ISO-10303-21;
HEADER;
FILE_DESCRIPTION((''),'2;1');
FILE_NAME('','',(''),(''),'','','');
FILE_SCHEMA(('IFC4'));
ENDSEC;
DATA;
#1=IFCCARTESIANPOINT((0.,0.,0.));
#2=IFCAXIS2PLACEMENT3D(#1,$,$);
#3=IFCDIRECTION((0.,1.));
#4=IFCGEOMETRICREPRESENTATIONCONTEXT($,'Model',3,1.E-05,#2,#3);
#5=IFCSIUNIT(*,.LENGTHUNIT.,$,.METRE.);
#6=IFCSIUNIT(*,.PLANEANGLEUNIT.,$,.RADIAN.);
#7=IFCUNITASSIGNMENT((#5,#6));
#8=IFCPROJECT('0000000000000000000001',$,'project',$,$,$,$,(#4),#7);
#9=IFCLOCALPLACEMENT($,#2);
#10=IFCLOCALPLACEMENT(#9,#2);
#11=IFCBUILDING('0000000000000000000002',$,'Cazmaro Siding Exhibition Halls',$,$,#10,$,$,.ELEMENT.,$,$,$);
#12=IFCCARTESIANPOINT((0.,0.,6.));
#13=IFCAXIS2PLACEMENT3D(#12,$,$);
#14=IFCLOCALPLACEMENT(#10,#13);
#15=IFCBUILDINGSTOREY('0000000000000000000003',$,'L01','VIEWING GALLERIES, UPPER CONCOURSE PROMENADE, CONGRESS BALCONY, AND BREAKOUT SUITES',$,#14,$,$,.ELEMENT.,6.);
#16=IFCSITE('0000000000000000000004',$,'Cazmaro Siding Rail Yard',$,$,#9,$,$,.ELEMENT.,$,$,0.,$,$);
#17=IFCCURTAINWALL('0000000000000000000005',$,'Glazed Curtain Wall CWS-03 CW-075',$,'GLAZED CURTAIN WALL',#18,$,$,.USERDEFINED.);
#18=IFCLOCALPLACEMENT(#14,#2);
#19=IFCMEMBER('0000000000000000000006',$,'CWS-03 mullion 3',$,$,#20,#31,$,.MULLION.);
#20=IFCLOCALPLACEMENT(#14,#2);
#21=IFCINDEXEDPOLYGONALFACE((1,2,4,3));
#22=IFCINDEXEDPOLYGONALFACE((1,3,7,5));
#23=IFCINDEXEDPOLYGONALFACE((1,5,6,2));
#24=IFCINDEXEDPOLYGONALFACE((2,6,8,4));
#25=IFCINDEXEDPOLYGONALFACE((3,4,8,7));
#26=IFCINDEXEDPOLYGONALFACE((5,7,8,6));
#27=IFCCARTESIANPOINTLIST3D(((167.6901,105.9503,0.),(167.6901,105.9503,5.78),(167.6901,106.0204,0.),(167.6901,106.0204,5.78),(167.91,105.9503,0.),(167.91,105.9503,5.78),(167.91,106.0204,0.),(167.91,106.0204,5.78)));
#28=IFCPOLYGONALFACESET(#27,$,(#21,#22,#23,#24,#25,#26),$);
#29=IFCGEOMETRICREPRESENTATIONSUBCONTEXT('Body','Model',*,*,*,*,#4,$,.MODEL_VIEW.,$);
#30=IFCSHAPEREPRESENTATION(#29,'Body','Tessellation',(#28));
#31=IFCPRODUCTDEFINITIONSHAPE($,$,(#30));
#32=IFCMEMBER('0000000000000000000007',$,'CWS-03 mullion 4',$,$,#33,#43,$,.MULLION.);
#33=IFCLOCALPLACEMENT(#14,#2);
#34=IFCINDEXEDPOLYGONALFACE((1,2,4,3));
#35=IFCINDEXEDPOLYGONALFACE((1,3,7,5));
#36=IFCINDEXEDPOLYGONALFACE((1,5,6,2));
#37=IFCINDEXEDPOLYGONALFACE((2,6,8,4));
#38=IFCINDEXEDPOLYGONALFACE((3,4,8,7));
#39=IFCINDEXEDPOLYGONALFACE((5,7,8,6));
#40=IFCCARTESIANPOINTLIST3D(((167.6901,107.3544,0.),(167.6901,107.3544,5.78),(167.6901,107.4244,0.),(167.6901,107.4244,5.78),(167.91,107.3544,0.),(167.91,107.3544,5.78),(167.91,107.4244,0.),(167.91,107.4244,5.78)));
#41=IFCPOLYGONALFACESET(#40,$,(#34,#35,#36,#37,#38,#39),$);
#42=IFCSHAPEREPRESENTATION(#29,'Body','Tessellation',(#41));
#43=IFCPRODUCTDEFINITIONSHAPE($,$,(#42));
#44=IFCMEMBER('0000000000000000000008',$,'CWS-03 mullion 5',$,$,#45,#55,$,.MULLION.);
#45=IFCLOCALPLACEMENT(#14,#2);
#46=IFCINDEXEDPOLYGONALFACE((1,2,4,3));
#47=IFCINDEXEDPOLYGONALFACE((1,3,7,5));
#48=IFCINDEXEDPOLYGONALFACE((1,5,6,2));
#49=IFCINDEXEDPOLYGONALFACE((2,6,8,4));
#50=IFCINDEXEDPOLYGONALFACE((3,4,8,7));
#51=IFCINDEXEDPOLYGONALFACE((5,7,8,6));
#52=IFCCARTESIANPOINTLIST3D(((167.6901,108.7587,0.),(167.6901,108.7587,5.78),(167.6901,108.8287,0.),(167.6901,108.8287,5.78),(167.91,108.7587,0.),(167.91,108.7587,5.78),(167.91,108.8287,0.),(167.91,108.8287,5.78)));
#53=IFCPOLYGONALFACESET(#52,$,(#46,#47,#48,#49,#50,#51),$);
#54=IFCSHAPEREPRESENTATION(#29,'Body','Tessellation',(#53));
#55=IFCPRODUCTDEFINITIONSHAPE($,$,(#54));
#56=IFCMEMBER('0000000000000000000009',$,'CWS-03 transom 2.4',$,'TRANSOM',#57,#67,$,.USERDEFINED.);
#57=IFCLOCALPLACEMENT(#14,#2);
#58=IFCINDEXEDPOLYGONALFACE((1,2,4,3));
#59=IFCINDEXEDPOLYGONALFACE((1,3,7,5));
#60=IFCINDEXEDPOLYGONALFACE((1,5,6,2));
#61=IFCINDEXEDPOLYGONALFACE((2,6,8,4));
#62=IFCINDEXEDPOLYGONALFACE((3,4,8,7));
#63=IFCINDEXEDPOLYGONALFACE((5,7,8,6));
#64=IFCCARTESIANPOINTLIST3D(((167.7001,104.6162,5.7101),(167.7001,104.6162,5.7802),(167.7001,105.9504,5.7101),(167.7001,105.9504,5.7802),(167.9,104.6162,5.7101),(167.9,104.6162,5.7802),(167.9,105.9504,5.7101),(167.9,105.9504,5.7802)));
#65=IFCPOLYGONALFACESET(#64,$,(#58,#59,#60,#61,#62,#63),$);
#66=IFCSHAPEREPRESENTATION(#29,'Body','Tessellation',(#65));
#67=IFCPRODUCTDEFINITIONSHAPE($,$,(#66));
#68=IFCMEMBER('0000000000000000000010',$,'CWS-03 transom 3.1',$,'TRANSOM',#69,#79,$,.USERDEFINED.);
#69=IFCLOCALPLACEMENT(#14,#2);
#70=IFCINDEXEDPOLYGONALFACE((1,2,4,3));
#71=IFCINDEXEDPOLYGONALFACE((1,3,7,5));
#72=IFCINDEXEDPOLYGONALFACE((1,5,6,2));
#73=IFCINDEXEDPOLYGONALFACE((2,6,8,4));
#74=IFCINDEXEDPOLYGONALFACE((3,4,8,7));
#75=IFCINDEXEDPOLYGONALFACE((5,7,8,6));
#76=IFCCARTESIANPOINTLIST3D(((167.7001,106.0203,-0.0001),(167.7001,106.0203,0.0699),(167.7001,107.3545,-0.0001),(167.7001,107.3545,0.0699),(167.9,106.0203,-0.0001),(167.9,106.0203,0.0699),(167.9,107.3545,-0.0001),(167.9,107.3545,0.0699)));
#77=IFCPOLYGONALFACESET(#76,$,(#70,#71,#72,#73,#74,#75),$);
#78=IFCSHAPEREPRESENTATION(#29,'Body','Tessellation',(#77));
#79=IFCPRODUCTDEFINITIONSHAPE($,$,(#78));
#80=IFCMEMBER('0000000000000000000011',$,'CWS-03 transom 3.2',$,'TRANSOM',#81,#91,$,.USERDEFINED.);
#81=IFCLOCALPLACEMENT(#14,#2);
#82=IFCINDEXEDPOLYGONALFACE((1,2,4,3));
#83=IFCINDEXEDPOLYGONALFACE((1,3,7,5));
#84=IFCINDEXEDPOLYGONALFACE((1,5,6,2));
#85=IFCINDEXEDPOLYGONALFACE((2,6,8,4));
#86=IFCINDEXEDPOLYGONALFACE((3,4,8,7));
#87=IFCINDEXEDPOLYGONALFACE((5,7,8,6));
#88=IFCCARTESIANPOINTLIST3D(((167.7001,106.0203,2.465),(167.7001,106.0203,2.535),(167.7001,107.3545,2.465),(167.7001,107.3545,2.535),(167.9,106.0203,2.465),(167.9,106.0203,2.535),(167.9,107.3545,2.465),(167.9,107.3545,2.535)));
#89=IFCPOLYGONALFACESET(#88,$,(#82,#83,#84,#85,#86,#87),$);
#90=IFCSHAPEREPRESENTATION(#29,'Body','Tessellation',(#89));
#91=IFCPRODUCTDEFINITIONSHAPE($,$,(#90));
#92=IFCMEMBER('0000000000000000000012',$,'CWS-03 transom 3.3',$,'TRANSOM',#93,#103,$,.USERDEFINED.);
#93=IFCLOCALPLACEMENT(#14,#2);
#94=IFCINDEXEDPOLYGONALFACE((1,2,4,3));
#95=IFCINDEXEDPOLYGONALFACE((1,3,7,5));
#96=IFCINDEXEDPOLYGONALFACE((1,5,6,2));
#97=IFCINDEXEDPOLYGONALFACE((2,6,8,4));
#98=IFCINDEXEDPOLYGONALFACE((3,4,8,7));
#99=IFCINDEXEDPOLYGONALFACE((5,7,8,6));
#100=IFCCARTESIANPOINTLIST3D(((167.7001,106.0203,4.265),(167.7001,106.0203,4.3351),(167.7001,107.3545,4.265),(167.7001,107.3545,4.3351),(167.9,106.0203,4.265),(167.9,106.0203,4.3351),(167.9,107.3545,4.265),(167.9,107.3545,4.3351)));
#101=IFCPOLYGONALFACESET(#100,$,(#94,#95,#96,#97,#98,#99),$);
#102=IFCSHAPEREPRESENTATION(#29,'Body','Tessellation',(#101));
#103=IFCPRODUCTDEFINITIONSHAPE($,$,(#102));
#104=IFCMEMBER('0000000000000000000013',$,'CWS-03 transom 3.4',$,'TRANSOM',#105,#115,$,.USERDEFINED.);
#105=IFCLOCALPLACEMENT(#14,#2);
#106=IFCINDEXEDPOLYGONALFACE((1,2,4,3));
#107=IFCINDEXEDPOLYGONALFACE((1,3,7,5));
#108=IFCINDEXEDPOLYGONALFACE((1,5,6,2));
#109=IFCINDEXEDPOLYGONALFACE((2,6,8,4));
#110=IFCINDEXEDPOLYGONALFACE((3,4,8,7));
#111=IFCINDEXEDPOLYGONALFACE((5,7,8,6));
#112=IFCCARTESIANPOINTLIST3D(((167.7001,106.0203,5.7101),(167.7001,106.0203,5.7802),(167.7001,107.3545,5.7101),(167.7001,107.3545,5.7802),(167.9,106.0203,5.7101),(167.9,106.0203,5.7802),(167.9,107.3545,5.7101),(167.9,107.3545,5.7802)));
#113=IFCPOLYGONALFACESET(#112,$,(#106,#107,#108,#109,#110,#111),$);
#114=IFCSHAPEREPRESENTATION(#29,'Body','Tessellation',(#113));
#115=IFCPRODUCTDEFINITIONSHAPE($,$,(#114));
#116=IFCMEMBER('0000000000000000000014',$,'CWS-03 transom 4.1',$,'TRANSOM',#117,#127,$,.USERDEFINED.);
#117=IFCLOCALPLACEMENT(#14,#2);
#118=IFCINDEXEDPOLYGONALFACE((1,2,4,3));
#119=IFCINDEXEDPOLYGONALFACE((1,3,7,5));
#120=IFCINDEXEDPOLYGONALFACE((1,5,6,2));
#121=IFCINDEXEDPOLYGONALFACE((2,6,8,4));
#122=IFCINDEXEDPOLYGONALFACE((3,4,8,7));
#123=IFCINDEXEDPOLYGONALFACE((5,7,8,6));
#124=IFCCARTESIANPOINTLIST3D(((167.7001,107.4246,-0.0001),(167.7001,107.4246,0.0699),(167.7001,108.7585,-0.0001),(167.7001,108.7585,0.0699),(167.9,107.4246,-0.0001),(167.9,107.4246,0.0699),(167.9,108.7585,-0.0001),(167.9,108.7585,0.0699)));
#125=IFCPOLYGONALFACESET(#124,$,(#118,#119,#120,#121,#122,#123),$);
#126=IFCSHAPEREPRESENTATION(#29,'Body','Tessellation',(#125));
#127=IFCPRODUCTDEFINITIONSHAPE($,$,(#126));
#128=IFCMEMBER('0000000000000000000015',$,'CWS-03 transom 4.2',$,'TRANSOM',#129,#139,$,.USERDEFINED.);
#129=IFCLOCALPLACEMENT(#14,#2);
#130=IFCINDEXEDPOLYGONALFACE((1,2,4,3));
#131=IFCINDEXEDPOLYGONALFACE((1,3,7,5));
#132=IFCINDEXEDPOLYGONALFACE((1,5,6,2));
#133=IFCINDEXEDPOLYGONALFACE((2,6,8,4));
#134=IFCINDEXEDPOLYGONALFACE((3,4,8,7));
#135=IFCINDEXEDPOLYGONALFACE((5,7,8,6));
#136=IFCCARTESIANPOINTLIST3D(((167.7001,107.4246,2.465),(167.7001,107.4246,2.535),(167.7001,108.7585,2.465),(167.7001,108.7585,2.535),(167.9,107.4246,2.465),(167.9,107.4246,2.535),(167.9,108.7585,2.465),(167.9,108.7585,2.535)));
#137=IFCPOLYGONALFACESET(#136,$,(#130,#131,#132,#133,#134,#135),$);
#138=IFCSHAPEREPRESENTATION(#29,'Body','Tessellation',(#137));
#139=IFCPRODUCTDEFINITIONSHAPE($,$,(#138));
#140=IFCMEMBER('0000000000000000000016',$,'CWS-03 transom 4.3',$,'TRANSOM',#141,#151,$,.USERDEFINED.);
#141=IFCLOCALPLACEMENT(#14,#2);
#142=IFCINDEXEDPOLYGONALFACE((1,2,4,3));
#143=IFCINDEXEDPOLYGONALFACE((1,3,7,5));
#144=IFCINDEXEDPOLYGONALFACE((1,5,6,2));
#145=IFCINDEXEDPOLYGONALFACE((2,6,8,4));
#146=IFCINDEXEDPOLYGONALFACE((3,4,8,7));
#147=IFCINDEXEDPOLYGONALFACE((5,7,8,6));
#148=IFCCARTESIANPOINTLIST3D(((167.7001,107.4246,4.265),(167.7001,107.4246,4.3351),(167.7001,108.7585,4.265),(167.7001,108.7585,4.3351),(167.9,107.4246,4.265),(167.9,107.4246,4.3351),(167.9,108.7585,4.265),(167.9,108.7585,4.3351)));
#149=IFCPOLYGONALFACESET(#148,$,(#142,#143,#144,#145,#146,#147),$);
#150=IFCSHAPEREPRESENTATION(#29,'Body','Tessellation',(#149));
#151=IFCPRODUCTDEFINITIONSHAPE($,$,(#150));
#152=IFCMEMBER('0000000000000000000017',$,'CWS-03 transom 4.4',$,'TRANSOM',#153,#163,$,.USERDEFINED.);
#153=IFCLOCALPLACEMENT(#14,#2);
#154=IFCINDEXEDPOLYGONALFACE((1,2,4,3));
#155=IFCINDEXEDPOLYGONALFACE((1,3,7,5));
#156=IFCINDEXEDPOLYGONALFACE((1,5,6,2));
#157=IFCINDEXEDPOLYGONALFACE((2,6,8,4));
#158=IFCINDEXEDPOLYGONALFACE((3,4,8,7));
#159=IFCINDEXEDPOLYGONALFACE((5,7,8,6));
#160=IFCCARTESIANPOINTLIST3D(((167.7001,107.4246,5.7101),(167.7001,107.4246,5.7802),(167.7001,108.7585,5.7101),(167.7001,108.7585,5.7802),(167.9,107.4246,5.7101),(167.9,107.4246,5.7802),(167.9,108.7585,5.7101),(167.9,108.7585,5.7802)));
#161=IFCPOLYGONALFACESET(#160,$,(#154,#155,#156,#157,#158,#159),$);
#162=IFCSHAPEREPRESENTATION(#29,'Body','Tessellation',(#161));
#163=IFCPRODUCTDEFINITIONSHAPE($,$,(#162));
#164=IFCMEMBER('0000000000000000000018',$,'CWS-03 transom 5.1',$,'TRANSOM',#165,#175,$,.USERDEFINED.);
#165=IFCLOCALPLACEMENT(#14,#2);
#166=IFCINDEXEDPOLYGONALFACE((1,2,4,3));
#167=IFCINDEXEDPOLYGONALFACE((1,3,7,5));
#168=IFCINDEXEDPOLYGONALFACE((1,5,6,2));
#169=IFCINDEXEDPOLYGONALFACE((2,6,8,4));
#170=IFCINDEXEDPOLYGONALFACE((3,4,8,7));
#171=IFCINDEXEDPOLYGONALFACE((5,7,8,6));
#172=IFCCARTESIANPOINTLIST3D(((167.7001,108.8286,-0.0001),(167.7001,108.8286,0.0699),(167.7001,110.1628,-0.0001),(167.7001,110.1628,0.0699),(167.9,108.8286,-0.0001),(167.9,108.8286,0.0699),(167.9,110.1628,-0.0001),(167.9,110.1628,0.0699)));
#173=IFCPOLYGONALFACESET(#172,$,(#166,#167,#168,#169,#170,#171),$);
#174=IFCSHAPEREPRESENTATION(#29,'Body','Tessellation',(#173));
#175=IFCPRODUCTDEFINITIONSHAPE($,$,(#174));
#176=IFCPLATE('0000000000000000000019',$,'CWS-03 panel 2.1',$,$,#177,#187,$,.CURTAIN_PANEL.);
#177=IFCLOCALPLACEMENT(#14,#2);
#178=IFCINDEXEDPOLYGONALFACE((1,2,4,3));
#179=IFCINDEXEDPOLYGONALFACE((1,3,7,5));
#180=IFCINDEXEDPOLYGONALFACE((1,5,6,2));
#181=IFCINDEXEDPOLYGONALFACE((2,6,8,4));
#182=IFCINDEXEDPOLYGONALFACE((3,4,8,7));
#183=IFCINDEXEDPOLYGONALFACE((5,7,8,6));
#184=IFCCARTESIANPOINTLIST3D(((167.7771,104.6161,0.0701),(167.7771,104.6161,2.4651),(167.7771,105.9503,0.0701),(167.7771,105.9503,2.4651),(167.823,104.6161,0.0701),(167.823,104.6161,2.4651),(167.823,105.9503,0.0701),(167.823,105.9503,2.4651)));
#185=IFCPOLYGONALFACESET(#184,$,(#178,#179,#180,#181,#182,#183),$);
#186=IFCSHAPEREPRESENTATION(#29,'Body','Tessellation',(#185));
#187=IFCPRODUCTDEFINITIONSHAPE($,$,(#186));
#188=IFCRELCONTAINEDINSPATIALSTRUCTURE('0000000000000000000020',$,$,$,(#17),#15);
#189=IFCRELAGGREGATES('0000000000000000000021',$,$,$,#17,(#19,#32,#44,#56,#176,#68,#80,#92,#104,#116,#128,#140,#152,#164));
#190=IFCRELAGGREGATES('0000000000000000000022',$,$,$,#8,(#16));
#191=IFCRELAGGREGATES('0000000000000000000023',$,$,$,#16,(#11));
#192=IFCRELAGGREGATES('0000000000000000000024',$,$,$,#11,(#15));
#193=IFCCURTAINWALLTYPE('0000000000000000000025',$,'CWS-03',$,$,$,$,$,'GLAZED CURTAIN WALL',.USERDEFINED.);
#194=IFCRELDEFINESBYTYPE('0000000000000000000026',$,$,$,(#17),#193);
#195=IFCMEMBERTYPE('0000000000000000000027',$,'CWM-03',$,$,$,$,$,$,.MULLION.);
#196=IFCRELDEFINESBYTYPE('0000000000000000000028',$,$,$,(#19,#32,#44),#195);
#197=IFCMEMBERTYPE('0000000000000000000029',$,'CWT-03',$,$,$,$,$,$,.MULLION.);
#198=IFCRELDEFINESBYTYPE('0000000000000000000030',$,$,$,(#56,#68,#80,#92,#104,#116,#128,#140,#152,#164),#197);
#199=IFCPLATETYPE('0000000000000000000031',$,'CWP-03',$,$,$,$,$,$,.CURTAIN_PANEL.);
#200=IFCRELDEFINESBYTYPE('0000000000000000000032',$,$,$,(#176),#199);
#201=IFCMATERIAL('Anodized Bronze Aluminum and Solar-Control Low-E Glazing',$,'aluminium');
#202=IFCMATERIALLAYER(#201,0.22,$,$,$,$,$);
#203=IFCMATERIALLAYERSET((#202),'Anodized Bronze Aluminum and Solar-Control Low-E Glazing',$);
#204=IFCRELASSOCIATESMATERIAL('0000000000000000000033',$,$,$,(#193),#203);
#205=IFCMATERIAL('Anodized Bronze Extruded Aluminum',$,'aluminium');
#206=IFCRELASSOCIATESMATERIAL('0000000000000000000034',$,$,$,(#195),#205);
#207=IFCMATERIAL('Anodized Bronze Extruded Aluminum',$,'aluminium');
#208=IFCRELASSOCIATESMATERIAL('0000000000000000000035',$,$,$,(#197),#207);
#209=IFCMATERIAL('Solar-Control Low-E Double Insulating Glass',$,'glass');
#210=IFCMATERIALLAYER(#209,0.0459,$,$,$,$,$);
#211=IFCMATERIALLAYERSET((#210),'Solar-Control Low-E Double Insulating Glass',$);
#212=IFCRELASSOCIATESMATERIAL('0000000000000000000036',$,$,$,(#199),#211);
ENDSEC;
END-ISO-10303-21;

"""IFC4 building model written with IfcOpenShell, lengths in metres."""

from ifc_helpers import new_model, si_unit, direction, frame, origin, origin_2d, place, context, subcontext, project, spatial, rectangle, extrude, material, layer, layer_set, material_profile, profile_set, type_object, element, aggregate, save


model = new_model("IFC4")

# Units and contexts
model_context = context("Model", 3, precision=1e-05, world=origin(), true_north=direction((0.0, 1.0)))
body_context = subcontext(model_context, "Body", "Model", "MODEL_VIEW")
ifc_project = project(units=[si_unit("LENGTHUNIT", "METRE"), si_unit("PLANEANGLEUNIT", "RADIAN")], contexts=[model_context])

# Site, building, storey
site_placement = place(None, origin())
site = spatial("IfcSite", under=ifc_project, at=site_placement, Name="Cazmaro Siding Rail Yard", CompositionType="ELEMENT", RefElevation=0.0)
building_placement = place(site_placement, origin())
building = spatial("IfcBuilding", under=site, at=building_placement, Name="Cazmaro Siding Exhibition Halls", CompositionType="ELEMENT")
storey_placement = place(building_placement, frame((0.0, 0.0, 6.0)))
storey = spatial("IfcBuildingStorey", under=building, at=storey_placement, Name="L01", Description="VIEWING GALLERIES, UPPER CONCOURSE PROMENADE, CONGRESS BALCONY, AND BREAKOUT SUITES", CompositionType="ELEMENT", Elevation=6.0)

# Curtain wall, members, plate
ifc_material_1 = material(Name="Anodized Bronze Aluminum and Solar-Control Low-E Glazing", Category="aluminium")
ifc_layer_1 = layer(ifc_material_1, 0.22)
ifc_layer_set_1 = layer_set([ifc_layer_1], Name="Anodized Bronze Aluminum and Solar-Control Low-E Glazing")
curtain_wall_type = type_object("IfcCurtainWallType", Name="CWS-03", ElementType="GLAZED CURTAIN WALL", PredefinedType="USERDEFINED", material=ifc_layer_set_1)
curtain_wall_placement = place(storey_placement, origin())
curtain_wall = element("IfcCurtainWall", 1, at=curtain_wall_placement, inside=storey, type_object=curtain_wall_type, Name="Glazed Curtain Wall CWS-03 CW-075", ObjectType="GLAZED CURTAIN WALL", PredefinedType="USERDEFINED")
ifc_material_2 = material(Name="Anodized Bronze Extruded Aluminum", Category="aluminium")
ifc_material_profile_1 = material_profile(ifc_material_2, rectangle(XDim=0.22, YDim=0.0701, at=origin_2d()), Name="CWM-03")
ifc_profile_set_1 = profile_set([ifc_material_profile_1], Name="Anodized Bronze Extruded Aluminum")
member_type_1 = type_object("IfcMemberType", Name="CWM-03", PredefinedType="MULLION", material=ifc_profile_set_1)
member_1_placement = place(storey_placement, frame((167.8, 105.9854, 0.0), z_axis=(0.0, 0.0, 1.0), x_axis=(-1.0, 0.0, 0.0)))
member_1 = element("IfcMember", 2, at=member_1_placement, type_object=member_type_1, Name="CWS-03 mullion 3", PredefinedType="MULLION", context=body_context, shape_type="SweptSolid", body=[
    extrude(rectangle(XDim=0.22, YDim=0.0701, at=origin_2d()), origin(), (0.0, 0.0, 1.0), 5.78),
])
member_2_placement = place(storey_placement, frame((167.8, 107.3894, 0.0), z_axis=(0.0, 0.0, 1.0), x_axis=(-1.0, 0.0, 0.0)))
member_2 = element("IfcMember", 3, at=member_2_placement, type_object=member_type_1, Name="CWS-03 mullion 4", PredefinedType="MULLION", context=body_context, shape_type="SweptSolid", body=[
    extrude(rectangle(XDim=0.22, YDim=0.0701, at=origin_2d()), origin(), (0.0, 0.0, 1.0), 5.78),
])
member_3_placement = place(storey_placement, frame((167.8, 108.7937, 0.0), z_axis=(0.0, 0.0, 1.0), x_axis=(-1.0, 0.0, 0.0)))
member_3 = element("IfcMember", 4, at=member_3_placement, type_object=member_type_1, Name="CWS-03 mullion 5", PredefinedType="MULLION", context=body_context, shape_type="SweptSolid", body=[
    extrude(rectangle(XDim=0.22, YDim=0.0701, at=origin_2d()), origin(), (0.0, 0.0, 1.0), 5.78),
])
ifc_material_3 = material(Name="Anodized Bronze Extruded Aluminum", Category="aluminium")
ifc_material_profile_2 = material_profile(ifc_material_3, rectangle(XDim=0.2, YDim=0.0701, at=origin_2d()), Name="CWT-03")
ifc_profile_set_2 = profile_set([ifc_material_profile_2], Name="Anodized Bronze Extruded Aluminum")
member_type_2 = type_object("IfcMemberType", Name="CWT-03", PredefinedType="MULLION", material=ifc_profile_set_2)
member_4_placement = place(storey_placement, frame((167.8, 104.6162, 5.7451), z_axis=(0.0, 1.0, 0.0), x_axis=(-1.0, 0.0, 0.0)))
member_4 = element("IfcMember", 5, at=member_4_placement, type_object=member_type_2, Name="CWS-03 transom 2.4", ObjectType="TRANSOM", PredefinedType="USERDEFINED", context=body_context, shape_type="SweptSolid", body=[
    extrude(rectangle(XDim=0.2, YDim=0.0701, at=origin_2d()), origin(), (0.0, 0.0, 1.0), 1.3342),
])
member_5_placement = place(storey_placement, frame((167.8, 106.0203, 0.0349), z_axis=(0.0, 1.0, 0.0), x_axis=(-1.0, 0.0, 0.0)))
member_5 = element("IfcMember", 6, at=member_5_placement, type_object=member_type_2, Name="CWS-03 transom 3.1", ObjectType="TRANSOM", PredefinedType="USERDEFINED", context=body_context, shape_type="SweptSolid", body=[
    extrude(rectangle(XDim=0.2, YDim=0.0701, at=origin_2d()), origin(), (0.0, 0.0, 1.0), 1.3342),
])
member_6_placement = place(storey_placement, frame((167.8, 106.0203, 2.5), z_axis=(0.0, 1.0, 0.0), x_axis=(-1.0, 0.0, 0.0)))
member_6 = element("IfcMember", 7, at=member_6_placement, type_object=member_type_2, Name="CWS-03 transom 3.2", ObjectType="TRANSOM", PredefinedType="USERDEFINED", context=body_context, shape_type="SweptSolid", body=[
    extrude(rectangle(XDim=0.2, YDim=0.0701, at=origin_2d()), origin(), (0.0, 0.0, 1.0), 1.3342),
])
member_7_placement = place(storey_placement, frame((167.8, 106.0203, 4.3), z_axis=(0.0, 1.0, 0.0), x_axis=(-1.0, 0.0, 0.0)))
member_7 = element("IfcMember", 8, at=member_7_placement, type_object=member_type_2, Name="CWS-03 transom 3.3", ObjectType="TRANSOM", PredefinedType="USERDEFINED", context=body_context, shape_type="SweptSolid", body=[
    extrude(rectangle(XDim=0.2, YDim=0.0701, at=origin_2d()), origin(), (0.0, 0.0, 1.0), 1.3342),
])
member_8_placement = place(storey_placement, frame((167.8, 106.0203, 5.7451), z_axis=(0.0, 1.0, 0.0), x_axis=(-1.0, 0.0, 0.0)))
member_8 = element("IfcMember", 9, at=member_8_placement, type_object=member_type_2, Name="CWS-03 transom 3.4", ObjectType="TRANSOM", PredefinedType="USERDEFINED", context=body_context, shape_type="SweptSolid", body=[
    extrude(rectangle(XDim=0.2, YDim=0.0701, at=origin_2d()), origin(), (0.0, 0.0, 1.0), 1.3342),
])
member_9_placement = place(storey_placement, frame((167.8, 107.4246, 0.0349), z_axis=(0.0, 1.0, 0.0), x_axis=(-1.0, 0.0, 0.0)))
member_9 = element("IfcMember", 10, at=member_9_placement, type_object=member_type_2, Name="CWS-03 transom 4.1", ObjectType="TRANSOM", PredefinedType="USERDEFINED", context=body_context, shape_type="SweptSolid", body=[
    extrude(rectangle(XDim=0.2, YDim=0.0701, at=origin_2d()), origin(), (0.0, 0.0, 1.0), 1.334),
])
member_10_placement = place(storey_placement, frame((167.8, 107.4246, 2.5), z_axis=(0.0, 1.0, 0.0), x_axis=(-1.0, 0.0, 0.0)))
member_10 = element("IfcMember", 11, at=member_10_placement, type_object=member_type_2, Name="CWS-03 transom 4.2", ObjectType="TRANSOM", PredefinedType="USERDEFINED", context=body_context, shape_type="SweptSolid", body=[
    extrude(rectangle(XDim=0.2, YDim=0.0701, at=origin_2d()), origin(), (0.0, 0.0, 1.0), 1.334),
])
member_11_placement = place(storey_placement, frame((167.8, 107.4246, 4.3), z_axis=(0.0, 1.0, 0.0), x_axis=(-1.0, 0.0, 0.0)))
member_11 = element("IfcMember", 12, at=member_11_placement, type_object=member_type_2, Name="CWS-03 transom 4.3", ObjectType="TRANSOM", PredefinedType="USERDEFINED", context=body_context, shape_type="SweptSolid", body=[
    extrude(rectangle(XDim=0.2, YDim=0.0701, at=origin_2d()), origin(), (0.0, 0.0, 1.0), 1.334),
])
member_12_placement = place(storey_placement, frame((167.8, 107.4246, 5.7451), z_axis=(0.0, 1.0, 0.0), x_axis=(-1.0, 0.0, 0.0)))
member_12 = element("IfcMember", 13, at=member_12_placement, type_object=member_type_2, Name="CWS-03 transom 4.4", ObjectType="TRANSOM", PredefinedType="USERDEFINED", context=body_context, shape_type="SweptSolid", body=[
    extrude(rectangle(XDim=0.2, YDim=0.0701, at=origin_2d()), origin(), (0.0, 0.0, 1.0), 1.334),
])
member_13_placement = place(storey_placement, frame((167.8, 108.8286, 0.0349), z_axis=(0.0, 1.0, 0.0), x_axis=(-1.0, 0.0, 0.0)))
member_13 = element("IfcMember", 14, at=member_13_placement, type_object=member_type_2, Name="CWS-03 transom 5.1", ObjectType="TRANSOM", PredefinedType="USERDEFINED", context=body_context, shape_type="SweptSolid", body=[
    extrude(rectangle(XDim=0.2, YDim=0.0701, at=origin_2d()), origin(), (0.0, 0.0, 1.0), 1.3342),
])
ifc_material_4 = material(Name="Solar-Control Low-E Double Insulating Glass", Category="glass")
ifc_layer_2 = layer(ifc_material_4, 0.0459)
ifc_layer_set_2 = layer_set([ifc_layer_2], Name="Solar-Control Low-E Double Insulating Glass")
plate_type = type_object("IfcPlateType", Name="CWP-03", PredefinedType="CURTAIN_PANEL", material=ifc_layer_set_2)
plate_1_placement = place(storey_placement, frame((167.8, 105.2832, 0.0701), z_axis=(0.0, 0.0, 1.0), x_axis=(0.0, 1.0, 0.0)))
plate_1 = element("IfcPlate", 15, at=plate_1_placement, type_object=plate_type, Name="CWS-03 panel 2.1", PredefinedType="CURTAIN_PANEL", context=body_context, shape_type="SweptSolid", body=[
    extrude(rectangle(XDim=1.3342, YDim=0.0459, at=origin_2d()), origin(), (0.0, 0.0, 1.0), 2.395),
])
aggregate(curtain_wall, [member_1, member_2, member_3, member_4, plate_1, member_5, member_6, member_7, member_8, member_9, member_10, member_11, member_12, member_13])

save(model, "model.ifc")
